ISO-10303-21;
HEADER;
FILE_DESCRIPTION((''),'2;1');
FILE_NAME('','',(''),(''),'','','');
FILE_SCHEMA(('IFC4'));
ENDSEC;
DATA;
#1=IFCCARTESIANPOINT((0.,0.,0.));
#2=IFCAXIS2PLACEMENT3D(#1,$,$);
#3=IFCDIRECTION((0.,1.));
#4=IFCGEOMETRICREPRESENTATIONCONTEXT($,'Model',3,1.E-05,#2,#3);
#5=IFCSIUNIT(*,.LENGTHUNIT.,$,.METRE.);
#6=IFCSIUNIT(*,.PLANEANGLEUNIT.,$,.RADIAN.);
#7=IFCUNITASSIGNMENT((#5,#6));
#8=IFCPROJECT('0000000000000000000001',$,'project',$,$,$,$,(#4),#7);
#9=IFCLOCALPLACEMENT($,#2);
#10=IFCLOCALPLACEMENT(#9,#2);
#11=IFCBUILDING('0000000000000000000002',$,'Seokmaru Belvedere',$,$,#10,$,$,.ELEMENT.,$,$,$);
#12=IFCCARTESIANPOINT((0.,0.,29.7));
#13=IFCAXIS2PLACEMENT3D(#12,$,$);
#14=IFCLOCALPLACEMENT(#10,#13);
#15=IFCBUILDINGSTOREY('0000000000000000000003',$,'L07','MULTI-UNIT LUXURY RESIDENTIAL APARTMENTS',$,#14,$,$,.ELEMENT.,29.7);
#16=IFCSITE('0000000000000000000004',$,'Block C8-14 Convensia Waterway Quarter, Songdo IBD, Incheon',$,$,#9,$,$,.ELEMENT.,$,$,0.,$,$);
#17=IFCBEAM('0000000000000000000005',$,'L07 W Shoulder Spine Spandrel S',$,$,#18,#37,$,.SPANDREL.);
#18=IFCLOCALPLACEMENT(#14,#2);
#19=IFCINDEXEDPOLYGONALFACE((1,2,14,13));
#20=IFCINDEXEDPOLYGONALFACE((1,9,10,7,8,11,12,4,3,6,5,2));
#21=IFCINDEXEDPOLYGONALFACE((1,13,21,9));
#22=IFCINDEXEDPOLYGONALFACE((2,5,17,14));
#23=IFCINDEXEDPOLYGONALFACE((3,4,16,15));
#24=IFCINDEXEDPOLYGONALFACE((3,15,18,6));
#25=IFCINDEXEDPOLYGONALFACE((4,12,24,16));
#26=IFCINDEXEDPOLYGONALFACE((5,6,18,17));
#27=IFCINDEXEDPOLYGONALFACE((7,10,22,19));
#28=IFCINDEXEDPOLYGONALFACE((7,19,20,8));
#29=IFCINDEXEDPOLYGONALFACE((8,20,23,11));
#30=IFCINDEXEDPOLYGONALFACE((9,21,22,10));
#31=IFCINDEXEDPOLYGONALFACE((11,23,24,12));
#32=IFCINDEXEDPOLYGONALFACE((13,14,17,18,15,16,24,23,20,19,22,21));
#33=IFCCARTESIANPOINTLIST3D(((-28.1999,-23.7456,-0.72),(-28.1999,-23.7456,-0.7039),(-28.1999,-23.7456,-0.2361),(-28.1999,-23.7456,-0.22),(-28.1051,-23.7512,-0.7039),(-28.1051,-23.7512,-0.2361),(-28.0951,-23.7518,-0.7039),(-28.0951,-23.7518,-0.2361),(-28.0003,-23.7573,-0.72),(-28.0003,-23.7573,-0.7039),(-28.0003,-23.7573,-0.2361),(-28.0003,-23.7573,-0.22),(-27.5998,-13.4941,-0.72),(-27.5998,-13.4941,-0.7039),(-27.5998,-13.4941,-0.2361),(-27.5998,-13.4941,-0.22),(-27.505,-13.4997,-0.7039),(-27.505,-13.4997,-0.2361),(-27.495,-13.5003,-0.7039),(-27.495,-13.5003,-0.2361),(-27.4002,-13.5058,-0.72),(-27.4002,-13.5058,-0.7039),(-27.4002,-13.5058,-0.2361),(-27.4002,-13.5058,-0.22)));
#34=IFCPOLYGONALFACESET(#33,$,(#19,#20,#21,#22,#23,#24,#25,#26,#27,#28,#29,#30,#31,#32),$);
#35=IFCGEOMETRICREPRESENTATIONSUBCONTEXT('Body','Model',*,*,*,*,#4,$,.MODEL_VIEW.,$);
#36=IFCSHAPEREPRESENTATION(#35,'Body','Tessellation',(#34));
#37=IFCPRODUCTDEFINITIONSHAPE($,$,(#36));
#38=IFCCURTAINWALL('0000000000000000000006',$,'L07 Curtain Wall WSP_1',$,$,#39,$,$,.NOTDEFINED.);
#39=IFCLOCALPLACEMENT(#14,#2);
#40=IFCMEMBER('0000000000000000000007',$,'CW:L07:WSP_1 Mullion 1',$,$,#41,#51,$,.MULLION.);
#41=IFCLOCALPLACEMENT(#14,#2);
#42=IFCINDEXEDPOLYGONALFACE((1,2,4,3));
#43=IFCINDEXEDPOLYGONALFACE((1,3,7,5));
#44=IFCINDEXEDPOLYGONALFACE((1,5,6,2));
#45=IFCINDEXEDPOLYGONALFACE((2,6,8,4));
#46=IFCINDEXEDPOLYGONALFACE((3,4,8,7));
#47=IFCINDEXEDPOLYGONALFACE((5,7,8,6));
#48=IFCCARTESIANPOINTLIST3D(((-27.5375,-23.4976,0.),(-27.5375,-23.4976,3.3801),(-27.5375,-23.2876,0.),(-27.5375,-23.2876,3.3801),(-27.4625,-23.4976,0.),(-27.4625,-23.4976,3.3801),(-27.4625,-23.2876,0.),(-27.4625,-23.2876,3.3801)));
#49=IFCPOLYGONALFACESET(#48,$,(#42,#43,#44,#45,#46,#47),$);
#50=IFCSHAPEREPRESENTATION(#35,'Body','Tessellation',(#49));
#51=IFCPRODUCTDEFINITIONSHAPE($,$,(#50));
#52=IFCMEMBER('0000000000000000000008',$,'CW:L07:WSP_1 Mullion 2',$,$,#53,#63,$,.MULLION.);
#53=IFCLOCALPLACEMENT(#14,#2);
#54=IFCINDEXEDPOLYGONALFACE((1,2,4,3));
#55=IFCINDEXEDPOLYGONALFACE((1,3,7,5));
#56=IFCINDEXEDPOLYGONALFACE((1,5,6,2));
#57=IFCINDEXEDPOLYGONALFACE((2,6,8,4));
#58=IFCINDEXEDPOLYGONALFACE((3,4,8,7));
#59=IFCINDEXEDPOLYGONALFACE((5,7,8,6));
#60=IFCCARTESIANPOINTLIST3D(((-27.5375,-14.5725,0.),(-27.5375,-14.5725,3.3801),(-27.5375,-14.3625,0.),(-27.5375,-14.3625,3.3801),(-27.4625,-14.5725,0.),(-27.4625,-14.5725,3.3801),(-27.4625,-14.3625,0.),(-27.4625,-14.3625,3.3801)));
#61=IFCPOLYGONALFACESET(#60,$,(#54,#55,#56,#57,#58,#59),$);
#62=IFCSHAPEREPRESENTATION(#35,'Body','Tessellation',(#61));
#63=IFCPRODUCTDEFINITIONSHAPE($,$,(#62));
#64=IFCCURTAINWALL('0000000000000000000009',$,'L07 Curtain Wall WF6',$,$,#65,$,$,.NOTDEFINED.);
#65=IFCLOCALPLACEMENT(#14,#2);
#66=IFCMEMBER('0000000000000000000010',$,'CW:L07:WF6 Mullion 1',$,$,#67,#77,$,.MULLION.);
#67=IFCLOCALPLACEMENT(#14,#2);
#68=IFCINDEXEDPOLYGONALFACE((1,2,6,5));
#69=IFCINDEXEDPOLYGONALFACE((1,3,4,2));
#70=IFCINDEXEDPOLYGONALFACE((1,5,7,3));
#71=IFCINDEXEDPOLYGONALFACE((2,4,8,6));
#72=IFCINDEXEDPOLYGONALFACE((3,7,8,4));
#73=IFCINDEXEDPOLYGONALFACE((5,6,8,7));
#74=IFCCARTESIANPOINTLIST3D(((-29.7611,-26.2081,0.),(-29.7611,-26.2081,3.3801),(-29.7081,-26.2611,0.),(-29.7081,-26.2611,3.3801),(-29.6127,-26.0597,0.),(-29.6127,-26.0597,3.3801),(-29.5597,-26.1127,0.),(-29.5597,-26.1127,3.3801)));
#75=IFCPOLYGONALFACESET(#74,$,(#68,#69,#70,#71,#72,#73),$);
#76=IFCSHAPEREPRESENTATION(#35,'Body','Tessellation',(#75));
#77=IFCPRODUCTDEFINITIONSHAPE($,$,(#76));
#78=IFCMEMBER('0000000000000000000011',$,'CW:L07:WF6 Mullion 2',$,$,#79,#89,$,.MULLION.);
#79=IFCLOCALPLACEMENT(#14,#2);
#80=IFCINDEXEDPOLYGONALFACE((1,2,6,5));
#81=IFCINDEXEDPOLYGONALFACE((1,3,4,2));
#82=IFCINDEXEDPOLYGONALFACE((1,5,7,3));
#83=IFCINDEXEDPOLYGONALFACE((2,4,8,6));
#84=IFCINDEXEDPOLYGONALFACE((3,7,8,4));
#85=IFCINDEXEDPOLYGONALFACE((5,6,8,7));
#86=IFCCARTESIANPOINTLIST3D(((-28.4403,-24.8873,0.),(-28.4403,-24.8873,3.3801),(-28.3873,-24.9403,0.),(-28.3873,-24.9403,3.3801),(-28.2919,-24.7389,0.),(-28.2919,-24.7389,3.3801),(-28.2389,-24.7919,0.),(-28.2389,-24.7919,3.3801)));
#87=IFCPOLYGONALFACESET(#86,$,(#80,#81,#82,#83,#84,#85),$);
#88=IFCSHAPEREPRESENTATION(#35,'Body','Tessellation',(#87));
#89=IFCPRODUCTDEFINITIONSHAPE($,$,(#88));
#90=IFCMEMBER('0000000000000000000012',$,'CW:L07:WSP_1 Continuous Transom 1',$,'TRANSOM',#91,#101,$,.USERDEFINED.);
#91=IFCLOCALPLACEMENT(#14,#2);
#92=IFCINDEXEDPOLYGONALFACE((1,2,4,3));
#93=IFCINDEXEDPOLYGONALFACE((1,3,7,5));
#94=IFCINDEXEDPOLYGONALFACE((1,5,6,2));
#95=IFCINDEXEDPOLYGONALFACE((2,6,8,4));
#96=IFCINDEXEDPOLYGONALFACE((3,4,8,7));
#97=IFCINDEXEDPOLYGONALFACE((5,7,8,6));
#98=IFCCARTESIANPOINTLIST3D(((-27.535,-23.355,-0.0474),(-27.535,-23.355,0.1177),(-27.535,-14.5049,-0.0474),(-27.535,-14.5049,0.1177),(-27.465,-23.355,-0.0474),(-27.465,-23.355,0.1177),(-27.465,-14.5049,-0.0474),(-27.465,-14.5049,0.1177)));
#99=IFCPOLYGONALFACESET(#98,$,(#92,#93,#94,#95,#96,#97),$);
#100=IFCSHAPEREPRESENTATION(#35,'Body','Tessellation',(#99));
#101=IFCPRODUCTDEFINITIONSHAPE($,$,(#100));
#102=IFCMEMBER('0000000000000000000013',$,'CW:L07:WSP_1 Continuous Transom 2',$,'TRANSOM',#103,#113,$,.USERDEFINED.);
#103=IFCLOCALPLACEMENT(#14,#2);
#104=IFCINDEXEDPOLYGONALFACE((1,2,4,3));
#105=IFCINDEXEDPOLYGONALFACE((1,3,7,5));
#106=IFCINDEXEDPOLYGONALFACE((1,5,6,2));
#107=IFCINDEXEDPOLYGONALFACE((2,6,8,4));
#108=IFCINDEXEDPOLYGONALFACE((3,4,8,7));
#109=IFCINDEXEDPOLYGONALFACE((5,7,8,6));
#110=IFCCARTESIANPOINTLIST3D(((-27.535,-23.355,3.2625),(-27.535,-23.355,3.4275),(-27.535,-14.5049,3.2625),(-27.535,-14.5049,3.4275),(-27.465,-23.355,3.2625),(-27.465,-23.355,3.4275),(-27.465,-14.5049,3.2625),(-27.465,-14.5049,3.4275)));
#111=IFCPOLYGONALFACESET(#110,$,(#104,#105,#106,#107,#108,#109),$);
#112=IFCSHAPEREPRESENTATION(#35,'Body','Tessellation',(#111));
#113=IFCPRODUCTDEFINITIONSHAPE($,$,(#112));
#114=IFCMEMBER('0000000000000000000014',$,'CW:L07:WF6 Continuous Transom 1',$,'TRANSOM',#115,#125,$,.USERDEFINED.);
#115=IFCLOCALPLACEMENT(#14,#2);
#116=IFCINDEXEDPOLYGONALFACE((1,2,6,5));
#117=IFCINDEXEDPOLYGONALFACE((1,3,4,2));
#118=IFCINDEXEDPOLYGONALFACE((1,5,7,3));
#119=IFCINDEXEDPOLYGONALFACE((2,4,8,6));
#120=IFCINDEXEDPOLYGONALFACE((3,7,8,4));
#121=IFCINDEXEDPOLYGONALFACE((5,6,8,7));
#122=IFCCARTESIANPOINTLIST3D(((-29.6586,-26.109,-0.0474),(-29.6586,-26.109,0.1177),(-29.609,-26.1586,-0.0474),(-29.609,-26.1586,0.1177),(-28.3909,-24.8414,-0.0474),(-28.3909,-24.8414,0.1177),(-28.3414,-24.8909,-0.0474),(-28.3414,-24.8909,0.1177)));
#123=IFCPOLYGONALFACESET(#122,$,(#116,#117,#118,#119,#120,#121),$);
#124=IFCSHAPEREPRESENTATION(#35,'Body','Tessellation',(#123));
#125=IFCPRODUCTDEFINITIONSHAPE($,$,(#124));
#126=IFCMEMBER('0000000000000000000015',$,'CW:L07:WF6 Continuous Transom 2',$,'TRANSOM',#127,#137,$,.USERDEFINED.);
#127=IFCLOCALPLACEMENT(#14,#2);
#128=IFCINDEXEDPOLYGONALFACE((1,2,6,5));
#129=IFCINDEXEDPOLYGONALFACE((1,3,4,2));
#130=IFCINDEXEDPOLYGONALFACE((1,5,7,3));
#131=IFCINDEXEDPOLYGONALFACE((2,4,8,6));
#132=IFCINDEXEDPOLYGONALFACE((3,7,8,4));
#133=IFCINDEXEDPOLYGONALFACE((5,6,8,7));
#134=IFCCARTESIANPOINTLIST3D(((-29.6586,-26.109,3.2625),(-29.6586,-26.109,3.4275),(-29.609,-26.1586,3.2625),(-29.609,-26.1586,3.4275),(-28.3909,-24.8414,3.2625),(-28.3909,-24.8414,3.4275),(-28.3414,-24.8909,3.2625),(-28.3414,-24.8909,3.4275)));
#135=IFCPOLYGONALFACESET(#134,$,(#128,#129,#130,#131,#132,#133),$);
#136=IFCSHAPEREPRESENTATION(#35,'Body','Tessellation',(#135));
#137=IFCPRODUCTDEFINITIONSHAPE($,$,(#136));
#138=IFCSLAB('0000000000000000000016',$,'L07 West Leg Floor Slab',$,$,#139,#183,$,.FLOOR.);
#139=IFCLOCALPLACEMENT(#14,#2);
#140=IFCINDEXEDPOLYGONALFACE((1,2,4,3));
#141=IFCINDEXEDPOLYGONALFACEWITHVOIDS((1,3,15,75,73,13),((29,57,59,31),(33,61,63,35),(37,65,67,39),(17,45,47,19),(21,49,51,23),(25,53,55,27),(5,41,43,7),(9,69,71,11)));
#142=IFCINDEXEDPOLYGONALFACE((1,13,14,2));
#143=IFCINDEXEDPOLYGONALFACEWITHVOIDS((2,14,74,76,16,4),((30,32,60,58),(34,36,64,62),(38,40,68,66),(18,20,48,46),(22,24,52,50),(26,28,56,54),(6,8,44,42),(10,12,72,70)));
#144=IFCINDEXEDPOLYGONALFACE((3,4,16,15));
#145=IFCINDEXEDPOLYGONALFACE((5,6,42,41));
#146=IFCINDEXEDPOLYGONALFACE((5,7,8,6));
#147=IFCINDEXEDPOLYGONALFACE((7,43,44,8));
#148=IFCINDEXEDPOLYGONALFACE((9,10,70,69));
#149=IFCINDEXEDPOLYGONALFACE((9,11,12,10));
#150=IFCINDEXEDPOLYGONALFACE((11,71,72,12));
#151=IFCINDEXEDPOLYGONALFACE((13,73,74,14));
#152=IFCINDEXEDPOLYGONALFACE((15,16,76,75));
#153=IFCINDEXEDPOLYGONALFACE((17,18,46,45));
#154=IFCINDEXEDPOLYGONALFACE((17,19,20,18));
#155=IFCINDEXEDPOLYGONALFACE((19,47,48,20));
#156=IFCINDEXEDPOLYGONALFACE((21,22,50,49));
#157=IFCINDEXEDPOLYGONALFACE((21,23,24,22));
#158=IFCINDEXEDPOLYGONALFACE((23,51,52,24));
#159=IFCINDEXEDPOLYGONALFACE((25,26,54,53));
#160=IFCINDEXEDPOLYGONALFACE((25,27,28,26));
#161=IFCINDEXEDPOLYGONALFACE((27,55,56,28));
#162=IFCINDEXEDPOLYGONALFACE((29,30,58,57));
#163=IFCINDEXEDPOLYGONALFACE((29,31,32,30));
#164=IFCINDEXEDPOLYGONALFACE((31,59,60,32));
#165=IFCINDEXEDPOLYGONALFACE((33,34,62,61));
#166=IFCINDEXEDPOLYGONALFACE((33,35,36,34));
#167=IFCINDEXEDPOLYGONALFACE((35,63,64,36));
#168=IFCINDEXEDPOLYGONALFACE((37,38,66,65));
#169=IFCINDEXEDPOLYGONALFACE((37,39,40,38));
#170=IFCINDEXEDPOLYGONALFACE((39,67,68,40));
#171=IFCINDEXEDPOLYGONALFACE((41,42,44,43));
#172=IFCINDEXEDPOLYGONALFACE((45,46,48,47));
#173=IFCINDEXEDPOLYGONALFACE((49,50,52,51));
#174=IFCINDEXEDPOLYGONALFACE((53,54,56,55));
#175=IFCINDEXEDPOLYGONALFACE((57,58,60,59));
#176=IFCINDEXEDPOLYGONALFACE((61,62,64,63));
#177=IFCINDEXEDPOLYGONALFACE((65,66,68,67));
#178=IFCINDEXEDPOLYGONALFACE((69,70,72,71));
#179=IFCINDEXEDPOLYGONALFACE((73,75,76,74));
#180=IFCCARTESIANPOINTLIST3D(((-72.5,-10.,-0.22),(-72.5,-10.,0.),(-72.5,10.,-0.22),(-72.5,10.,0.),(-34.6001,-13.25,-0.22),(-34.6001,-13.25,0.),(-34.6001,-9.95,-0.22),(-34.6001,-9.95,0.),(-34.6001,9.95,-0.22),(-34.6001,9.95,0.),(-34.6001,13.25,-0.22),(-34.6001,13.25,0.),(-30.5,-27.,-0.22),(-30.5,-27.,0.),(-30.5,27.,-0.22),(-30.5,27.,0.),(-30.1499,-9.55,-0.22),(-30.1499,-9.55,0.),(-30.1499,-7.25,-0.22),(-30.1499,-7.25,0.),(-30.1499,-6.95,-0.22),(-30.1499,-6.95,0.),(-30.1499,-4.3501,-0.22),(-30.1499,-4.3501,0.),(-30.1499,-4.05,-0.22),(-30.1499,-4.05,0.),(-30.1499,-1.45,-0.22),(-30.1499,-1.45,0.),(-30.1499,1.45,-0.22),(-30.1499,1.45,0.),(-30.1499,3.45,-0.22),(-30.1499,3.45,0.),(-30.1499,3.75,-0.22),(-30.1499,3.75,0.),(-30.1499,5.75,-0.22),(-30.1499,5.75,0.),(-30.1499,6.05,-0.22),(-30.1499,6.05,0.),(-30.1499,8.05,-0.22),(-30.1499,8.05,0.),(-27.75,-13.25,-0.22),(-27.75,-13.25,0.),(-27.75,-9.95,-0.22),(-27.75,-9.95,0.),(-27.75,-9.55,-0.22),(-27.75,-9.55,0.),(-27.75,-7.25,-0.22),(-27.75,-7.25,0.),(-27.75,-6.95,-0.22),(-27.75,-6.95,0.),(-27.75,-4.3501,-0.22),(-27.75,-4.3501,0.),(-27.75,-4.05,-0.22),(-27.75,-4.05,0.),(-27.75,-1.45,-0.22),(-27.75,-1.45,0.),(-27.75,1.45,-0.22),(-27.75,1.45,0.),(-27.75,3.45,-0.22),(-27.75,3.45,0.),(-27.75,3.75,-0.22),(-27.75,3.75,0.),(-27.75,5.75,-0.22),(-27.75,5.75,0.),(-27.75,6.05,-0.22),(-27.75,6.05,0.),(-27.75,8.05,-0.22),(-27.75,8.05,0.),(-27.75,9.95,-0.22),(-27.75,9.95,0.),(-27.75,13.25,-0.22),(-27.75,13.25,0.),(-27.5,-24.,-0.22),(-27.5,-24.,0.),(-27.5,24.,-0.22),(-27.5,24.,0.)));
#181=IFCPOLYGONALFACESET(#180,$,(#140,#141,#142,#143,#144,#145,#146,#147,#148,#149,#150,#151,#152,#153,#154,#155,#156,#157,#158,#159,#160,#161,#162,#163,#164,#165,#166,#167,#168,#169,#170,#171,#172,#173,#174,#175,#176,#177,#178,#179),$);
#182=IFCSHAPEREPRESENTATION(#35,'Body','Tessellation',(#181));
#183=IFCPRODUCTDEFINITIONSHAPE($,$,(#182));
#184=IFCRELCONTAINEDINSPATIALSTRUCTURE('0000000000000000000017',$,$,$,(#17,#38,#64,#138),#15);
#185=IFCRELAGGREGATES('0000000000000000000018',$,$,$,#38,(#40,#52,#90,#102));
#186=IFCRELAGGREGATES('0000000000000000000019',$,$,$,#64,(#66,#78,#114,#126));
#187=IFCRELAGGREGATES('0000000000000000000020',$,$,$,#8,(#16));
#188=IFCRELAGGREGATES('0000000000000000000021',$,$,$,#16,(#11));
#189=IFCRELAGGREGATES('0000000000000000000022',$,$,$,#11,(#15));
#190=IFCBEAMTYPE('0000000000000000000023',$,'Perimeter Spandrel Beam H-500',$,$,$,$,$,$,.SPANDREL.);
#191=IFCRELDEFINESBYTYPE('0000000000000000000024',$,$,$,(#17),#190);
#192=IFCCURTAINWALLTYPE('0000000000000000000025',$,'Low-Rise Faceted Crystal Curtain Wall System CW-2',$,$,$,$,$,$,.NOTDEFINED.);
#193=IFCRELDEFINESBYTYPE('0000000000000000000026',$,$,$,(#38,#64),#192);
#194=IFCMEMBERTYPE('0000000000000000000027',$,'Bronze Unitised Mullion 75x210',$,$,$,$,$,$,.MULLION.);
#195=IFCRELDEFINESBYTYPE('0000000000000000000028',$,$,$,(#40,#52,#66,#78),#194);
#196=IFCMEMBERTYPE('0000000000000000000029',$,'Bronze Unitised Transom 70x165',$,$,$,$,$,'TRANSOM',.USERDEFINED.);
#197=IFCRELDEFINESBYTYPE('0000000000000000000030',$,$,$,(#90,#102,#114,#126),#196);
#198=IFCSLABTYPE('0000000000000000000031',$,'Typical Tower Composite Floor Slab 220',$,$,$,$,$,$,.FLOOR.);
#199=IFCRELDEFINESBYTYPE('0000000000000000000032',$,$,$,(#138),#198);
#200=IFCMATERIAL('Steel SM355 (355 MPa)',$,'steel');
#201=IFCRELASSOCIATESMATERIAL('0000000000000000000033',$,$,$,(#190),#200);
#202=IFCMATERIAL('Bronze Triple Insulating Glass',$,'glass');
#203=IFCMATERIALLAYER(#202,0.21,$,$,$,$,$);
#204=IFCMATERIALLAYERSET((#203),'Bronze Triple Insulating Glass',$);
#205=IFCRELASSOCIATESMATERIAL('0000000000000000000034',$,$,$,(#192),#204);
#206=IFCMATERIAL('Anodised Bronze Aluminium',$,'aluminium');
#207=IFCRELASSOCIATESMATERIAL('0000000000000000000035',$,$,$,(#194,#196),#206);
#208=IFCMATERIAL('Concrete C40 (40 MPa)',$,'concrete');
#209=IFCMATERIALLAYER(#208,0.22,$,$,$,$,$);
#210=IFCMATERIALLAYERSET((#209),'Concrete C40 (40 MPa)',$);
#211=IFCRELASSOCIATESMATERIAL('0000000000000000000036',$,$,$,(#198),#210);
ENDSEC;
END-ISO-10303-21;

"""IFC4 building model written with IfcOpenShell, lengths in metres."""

from ifc_helpers import new_model, si_unit, direction, frame, origin, origin_2d, place, context, subcontext, project, spatial, polyline, rectangle, i_section, outline, extrude, source, transform, mapped, material, layer, layer_set, material_profile, profile_set, type_object, type_shapes, element, aggregate, save


model = new_model("IFC4")

# Units and contexts
model_context = context("Model", 3, precision=1e-05, world=origin(), true_north=direction((0.0, 1.0)))
body_context = subcontext(model_context, "Body", "Model", "MODEL_VIEW")
ifc_project = project(units=[si_unit("LENGTHUNIT", "METRE"), si_unit("PLANEANGLEUNIT", "RADIAN")], contexts=[model_context])

# Site, building, storey
site_placement = place(None, origin())
site = spatial("IfcSite", under=ifc_project, at=site_placement, Name="Block C8-14 Convensia Waterway Quarter, Songdo IBD, Incheon", CompositionType="ELEMENT", RefElevation=0.0)
building_placement = place(site_placement, origin())
building = spatial("IfcBuilding", under=site, at=building_placement, Name="Seokmaru Belvedere", CompositionType="ELEMENT")
storey_placement = place(building_placement, frame((0.0, 0.0, 29.7)))
storey = spatial("IfcBuildingStorey", under=building, at=storey_placement, Name="L07", Description="MULTI-UNIT LUXURY RESIDENTIAL APARTMENTS", CompositionType="ELEMENT", Elevation=29.7)

# Shared definitions
ifc_material_1 = material(Name="Steel SM355 (355 MPa)", Category="steel")

# Beam
ifc_material_profile_1 = material_profile(ifc_material_1, i_section(OverallWidth=0.2, OverallDepth=0.5, WebThickness=0.01, FlangeThickness=0.0161, at=origin_2d()), Name="H-500x200x10x16")
ifc_profile_set_1 = profile_set([ifc_material_profile_1], Name="Steel SM355 (355 MPa)")
beam_type = type_object("IfcBeamType", Name="Perimeter Spandrel Beam H-500", PredefinedType="SPANDREL", material=ifc_profile_set_1)
shared_shape_1 = source(origin(), body_context, "Body", "SweptSolid", [
    extrude(i_section(OverallWidth=0.2, OverallDepth=0.5, WebThickness=0.01, FlangeThickness=0.0161, at=origin_2d()), origin(), (0.0, 0.0, 1.0), 10.269),
])
beam_1_placement = place(storey_placement, frame((-28.1001, -23.7515, -0.47), z_axis=(0.058438, 0.998291, 0.0), x_axis=(-0.998291, 0.058438, 0.0)))
element("IfcBeam", 1, at=beam_1_placement, inside=storey, type_object=beam_type, Name="L07 W Shoulder Spine Spandrel S", PredefinedType="SPANDREL", context=body_context, shape_type="MappedRepresentation", body=[
    mapped(shared_shape_1, transform((0.0, 0.0, 0.0), scale=1.0)),
])

# Curtain walls, members
ifc_material_2 = material(Name="Bronze Triple Insulating Glass", Category="glass")
ifc_layer_1 = layer(ifc_material_2, 0.21)
ifc_layer_set_1 = layer_set([ifc_layer_1], Name="Bronze Triple Insulating Glass")
curtain_wall_type = type_object("IfcCurtainWallType", Name="Low-Rise Faceted Crystal Curtain Wall System CW-2", PredefinedType="NOTDEFINED", material=ifc_layer_set_1)
curtain_wall_1_placement = place(storey_placement, origin())
curtain_wall_1 = element("IfcCurtainWall", 2, at=curtain_wall_1_placement, inside=storey, type_object=curtain_wall_type, Name="L07 Curtain Wall WSP_1", PredefinedType="NOTDEFINED")
ifc_material_3 = material(Name="Anodised Bronze Aluminium", Category="aluminium")
ifc_material_profile_2 = material_profile(ifc_material_3, rectangle(XDim=0.075, YDim=0.21, at=origin_2d()), Name="CW-M-75x210")
ifc_profile_set_2 = profile_set([ifc_material_profile_2], Name="Anodised Bronze Aluminium")
member_type_1 = type_object("IfcMemberType", Name="Bronze Unitised Mullion 75x210", PredefinedType="MULLION", material=ifc_profile_set_2)
shared_shape_2 = source(origin(), body_context, "Body", "SweptSolid", [
    extrude(rectangle(XDim=0.075, YDim=0.21, at=origin_2d()), origin(), (0.0, 0.0, 1.0), 3.3801),
])
type_shapes(member_type_1, [shared_shape_2])
member_1_placement = place(storey_placement, frame((-27.5, -23.3926, 0.0), z_axis=(0.0, 0.0, 1.0), x_axis=(-1.0, 0.0, 0.0)))
member_1 = element("IfcMember", 3, at=member_1_placement, type_object=member_type_1, Name="CW:L07:WSP_1 Mullion 1", PredefinedType="MULLION", context=body_context, shape_type="MappedRepresentation", body=[
    mapped(shared_shape_2, transform((0.0, 0.0, 0.0), scale=1.0)),
])
member_2_placement = place(storey_placement, frame((-27.5, -14.4675, 0.0), z_axis=(0.0, 0.0, 1.0), x_axis=(-1.0, 0.0, 0.0)))
member_2 = element("IfcMember", 4, at=member_2_placement, type_object=member_type_1, Name="CW:L07:WSP_1 Mullion 2", PredefinedType="MULLION", context=body_context, shape_type="MappedRepresentation", body=[
    mapped(shared_shape_2, transform((0.0, 0.0, 0.0), scale=1.0)),
])
curtain_wall_2_placement = place(storey_placement, origin())
curtain_wall_2 = element("IfcCurtainWall", 5, at=curtain_wall_2_placement, inside=storey, type_object=curtain_wall_type, Name="L07 Curtain Wall WF6", PredefinedType="NOTDEFINED")
member_3_placement = place(storey_placement, frame((-29.6604, -26.1604, 0.0), z_axis=(0.0, 0.0, 1.0), x_axis=(-0.707107, 0.707107, 0.0)))
member_3 = element("IfcMember", 6, at=member_3_placement, type_object=member_type_1, Name="CW:L07:WF6 Mullion 1", PredefinedType="MULLION", context=body_context, shape_type="MappedRepresentation", body=[
    mapped(shared_shape_2, transform((0.0, 0.0, 0.0), scale=1.0)),
])
member_4_placement = place(storey_placement, frame((-28.3396, -24.8396, 0.0), z_axis=(0.0, 0.0, 1.0), x_axis=(-0.707107, 0.707107, 0.0)))
member_4 = element("IfcMember", 7, at=member_4_placement, type_object=member_type_1, Name="CW:L07:WF6 Mullion 2", PredefinedType="MULLION", context=body_context, shape_type="MappedRepresentation", body=[
    mapped(shared_shape_2, transform((0.0, 0.0, 0.0), scale=1.0)),
])

# Members
ifc_material_profile_3 = material_profile(ifc_material_3, rectangle(XDim=0.0701, YDim=0.165, at=origin_2d()), Name="CW-T-70x165")
ifc_profile_set_3 = profile_set([ifc_material_profile_3], Name="Anodised Bronze Aluminium")
member_type_2 = type_object("IfcMemberType", Name="Bronze Unitised Transom 70x165", ElementType="TRANSOM", PredefinedType="USERDEFINED", material=ifc_profile_set_3)
shared_shape_3 = source(origin(), body_context, "Body", "SweptSolid", [
    extrude(rectangle(XDim=0.0701, YDim=0.165, at=origin_2d()), origin(), (0.0, 0.0, 1.0), 8.8501),
])
member_5_placement = place(storey_placement, frame((-27.5, -23.355, 0.0352), z_axis=(0.0, 1.0, 0.0), x_axis=(-1.0, 0.0, 0.0)))
member_5 = element("IfcMember", 8, at=member_5_placement, type_object=member_type_2, Name="CW:L07:WSP_1 Continuous Transom 1", ObjectType="TRANSOM", PredefinedType="USERDEFINED", context=body_context, shape_type="MappedRepresentation", body=[
    mapped(shared_shape_3, transform((0.0, 0.0, 0.0), scale=1.0)),
])
member_6_placement = place(storey_placement, frame((-27.5, -23.355, 3.345), z_axis=(0.0, 1.0, 0.0), x_axis=(-1.0, 0.0, 0.0)))
member_6 = element("IfcMember", 9, at=member_6_placement, type_object=member_type_2, Name="CW:L07:WSP_1 Continuous Transom 2", ObjectType="TRANSOM", PredefinedType="USERDEFINED", context=body_context, shape_type="MappedRepresentation", body=[
    mapped(shared_shape_3, transform((0.0, 0.0, 0.0), scale=1.0)),
])
shared_shape_4 = source(origin(), body_context, "Body", "SweptSolid", [
    extrude(rectangle(XDim=0.0701, YDim=0.165, at=origin_2d()), origin(), (0.0, 0.0, 1.0), 1.7927),
])
type_shapes(member_type_2, [shared_shape_3, shared_shape_4])
member_7_placement = place(storey_placement, frame((-29.6338, -26.1338, 0.0352), z_axis=(0.707107, 0.707107, 0.0), x_axis=(-0.707107, 0.707107, 0.0)))
member_7 = element("IfcMember", 10, at=member_7_placement, type_object=member_type_2, Name="CW:L07:WF6 Continuous Transom 1", ObjectType="TRANSOM", PredefinedType="USERDEFINED", context=body_context, shape_type="MappedRepresentation", body=[
    mapped(shared_shape_4, transform((0.0, 0.0, 0.0), scale=1.0)),
])
member_8_placement = place(storey_placement, frame((-29.6338, -26.1338, 3.345), z_axis=(0.707107, 0.707107, 0.0), x_axis=(-0.707107, 0.707107, 0.0)))
member_8 = element("IfcMember", 11, at=member_8_placement, type_object=member_type_2, Name="CW:L07:WF6 Continuous Transom 2", ObjectType="TRANSOM", PredefinedType="USERDEFINED", context=body_context, shape_type="MappedRepresentation", body=[
    mapped(shared_shape_4, transform((0.0, 0.0, 0.0), scale=1.0)),
])

# Slab
ifc_material_4 = material(Name="Concrete C40 (40 MPa)", Category="concrete")
ifc_layer_2 = layer(ifc_material_4, 0.22)
ifc_layer_set_2 = layer_set([ifc_layer_2], Name="Concrete C40 (40 MPa)")
slab_type = type_object("IfcSlabType", Name="Typical Tower Composite Floor Slab 220", PredefinedType="FLOOR", material=ifc_layer_set_2)
slab_placement = place(storey_placement, frame((0.0, 0.0, -0.22)))
element("IfcSlab", 12, at=slab_placement, inside=storey, type_object=slab_type, Name="L07 West Leg Floor Slab", PredefinedType="FLOOR", context=body_context, shape_type="SweptSolid", body=[
    extrude(outline(polyline([(-27.5, -24.0), (-27.5, 24.0), (-30.5, 27.0), (-72.5, 10.0), (-72.5, -10.0), (-30.5, -27.0), (-27.5, -24.0)]), holes=[polyline([(-34.6001, -13.25), (-27.75, -13.25), (-27.75, -9.95), (-34.6001, -9.95), (-34.6001, -13.25)]), polyline([(-34.6001, 9.95), (-27.75, 9.95), (-27.75, 13.25), (-34.6001, 13.25), (-34.6001, 9.95)]), polyline([(-30.1499, -9.55), (-27.75, -9.55), (-27.75, -7.25), (-30.1499, -7.25), (-30.1499, -9.55)]), polyline([(-30.1499, -6.95), (-27.75, -6.95), (-27.75, -4.3501), (-30.1499, -4.3501), (-30.1499, -6.95)]), polyline([(-30.1499, -4.05), (-27.75, -4.05), (-27.75, -1.45), (-30.1499, -1.45), (-30.1499, -4.05)]), polyline([(-30.1499, 1.45), (-27.75, 1.45), (-27.75, 3.45), (-30.1499, 3.45), (-30.1499, 1.45)]), polyline([(-30.1499, 3.75), (-27.75, 3.75), (-27.75, 5.75), (-30.1499, 5.75), (-30.1499, 3.75)]), polyline([(-30.1499, 6.05), (-27.75, 6.05), (-27.75, 8.05), (-30.1499, 8.05), (-30.1499, 6.05)])]), origin(), (0.0, 0.0, 1.0), 0.22),
])

aggregate(curtain_wall_1, [member_1, member_2, member_5, member_6])
aggregate(curtain_wall_2, [member_3, member_4, member_7, member_8])

save(model, "model.ifc")
